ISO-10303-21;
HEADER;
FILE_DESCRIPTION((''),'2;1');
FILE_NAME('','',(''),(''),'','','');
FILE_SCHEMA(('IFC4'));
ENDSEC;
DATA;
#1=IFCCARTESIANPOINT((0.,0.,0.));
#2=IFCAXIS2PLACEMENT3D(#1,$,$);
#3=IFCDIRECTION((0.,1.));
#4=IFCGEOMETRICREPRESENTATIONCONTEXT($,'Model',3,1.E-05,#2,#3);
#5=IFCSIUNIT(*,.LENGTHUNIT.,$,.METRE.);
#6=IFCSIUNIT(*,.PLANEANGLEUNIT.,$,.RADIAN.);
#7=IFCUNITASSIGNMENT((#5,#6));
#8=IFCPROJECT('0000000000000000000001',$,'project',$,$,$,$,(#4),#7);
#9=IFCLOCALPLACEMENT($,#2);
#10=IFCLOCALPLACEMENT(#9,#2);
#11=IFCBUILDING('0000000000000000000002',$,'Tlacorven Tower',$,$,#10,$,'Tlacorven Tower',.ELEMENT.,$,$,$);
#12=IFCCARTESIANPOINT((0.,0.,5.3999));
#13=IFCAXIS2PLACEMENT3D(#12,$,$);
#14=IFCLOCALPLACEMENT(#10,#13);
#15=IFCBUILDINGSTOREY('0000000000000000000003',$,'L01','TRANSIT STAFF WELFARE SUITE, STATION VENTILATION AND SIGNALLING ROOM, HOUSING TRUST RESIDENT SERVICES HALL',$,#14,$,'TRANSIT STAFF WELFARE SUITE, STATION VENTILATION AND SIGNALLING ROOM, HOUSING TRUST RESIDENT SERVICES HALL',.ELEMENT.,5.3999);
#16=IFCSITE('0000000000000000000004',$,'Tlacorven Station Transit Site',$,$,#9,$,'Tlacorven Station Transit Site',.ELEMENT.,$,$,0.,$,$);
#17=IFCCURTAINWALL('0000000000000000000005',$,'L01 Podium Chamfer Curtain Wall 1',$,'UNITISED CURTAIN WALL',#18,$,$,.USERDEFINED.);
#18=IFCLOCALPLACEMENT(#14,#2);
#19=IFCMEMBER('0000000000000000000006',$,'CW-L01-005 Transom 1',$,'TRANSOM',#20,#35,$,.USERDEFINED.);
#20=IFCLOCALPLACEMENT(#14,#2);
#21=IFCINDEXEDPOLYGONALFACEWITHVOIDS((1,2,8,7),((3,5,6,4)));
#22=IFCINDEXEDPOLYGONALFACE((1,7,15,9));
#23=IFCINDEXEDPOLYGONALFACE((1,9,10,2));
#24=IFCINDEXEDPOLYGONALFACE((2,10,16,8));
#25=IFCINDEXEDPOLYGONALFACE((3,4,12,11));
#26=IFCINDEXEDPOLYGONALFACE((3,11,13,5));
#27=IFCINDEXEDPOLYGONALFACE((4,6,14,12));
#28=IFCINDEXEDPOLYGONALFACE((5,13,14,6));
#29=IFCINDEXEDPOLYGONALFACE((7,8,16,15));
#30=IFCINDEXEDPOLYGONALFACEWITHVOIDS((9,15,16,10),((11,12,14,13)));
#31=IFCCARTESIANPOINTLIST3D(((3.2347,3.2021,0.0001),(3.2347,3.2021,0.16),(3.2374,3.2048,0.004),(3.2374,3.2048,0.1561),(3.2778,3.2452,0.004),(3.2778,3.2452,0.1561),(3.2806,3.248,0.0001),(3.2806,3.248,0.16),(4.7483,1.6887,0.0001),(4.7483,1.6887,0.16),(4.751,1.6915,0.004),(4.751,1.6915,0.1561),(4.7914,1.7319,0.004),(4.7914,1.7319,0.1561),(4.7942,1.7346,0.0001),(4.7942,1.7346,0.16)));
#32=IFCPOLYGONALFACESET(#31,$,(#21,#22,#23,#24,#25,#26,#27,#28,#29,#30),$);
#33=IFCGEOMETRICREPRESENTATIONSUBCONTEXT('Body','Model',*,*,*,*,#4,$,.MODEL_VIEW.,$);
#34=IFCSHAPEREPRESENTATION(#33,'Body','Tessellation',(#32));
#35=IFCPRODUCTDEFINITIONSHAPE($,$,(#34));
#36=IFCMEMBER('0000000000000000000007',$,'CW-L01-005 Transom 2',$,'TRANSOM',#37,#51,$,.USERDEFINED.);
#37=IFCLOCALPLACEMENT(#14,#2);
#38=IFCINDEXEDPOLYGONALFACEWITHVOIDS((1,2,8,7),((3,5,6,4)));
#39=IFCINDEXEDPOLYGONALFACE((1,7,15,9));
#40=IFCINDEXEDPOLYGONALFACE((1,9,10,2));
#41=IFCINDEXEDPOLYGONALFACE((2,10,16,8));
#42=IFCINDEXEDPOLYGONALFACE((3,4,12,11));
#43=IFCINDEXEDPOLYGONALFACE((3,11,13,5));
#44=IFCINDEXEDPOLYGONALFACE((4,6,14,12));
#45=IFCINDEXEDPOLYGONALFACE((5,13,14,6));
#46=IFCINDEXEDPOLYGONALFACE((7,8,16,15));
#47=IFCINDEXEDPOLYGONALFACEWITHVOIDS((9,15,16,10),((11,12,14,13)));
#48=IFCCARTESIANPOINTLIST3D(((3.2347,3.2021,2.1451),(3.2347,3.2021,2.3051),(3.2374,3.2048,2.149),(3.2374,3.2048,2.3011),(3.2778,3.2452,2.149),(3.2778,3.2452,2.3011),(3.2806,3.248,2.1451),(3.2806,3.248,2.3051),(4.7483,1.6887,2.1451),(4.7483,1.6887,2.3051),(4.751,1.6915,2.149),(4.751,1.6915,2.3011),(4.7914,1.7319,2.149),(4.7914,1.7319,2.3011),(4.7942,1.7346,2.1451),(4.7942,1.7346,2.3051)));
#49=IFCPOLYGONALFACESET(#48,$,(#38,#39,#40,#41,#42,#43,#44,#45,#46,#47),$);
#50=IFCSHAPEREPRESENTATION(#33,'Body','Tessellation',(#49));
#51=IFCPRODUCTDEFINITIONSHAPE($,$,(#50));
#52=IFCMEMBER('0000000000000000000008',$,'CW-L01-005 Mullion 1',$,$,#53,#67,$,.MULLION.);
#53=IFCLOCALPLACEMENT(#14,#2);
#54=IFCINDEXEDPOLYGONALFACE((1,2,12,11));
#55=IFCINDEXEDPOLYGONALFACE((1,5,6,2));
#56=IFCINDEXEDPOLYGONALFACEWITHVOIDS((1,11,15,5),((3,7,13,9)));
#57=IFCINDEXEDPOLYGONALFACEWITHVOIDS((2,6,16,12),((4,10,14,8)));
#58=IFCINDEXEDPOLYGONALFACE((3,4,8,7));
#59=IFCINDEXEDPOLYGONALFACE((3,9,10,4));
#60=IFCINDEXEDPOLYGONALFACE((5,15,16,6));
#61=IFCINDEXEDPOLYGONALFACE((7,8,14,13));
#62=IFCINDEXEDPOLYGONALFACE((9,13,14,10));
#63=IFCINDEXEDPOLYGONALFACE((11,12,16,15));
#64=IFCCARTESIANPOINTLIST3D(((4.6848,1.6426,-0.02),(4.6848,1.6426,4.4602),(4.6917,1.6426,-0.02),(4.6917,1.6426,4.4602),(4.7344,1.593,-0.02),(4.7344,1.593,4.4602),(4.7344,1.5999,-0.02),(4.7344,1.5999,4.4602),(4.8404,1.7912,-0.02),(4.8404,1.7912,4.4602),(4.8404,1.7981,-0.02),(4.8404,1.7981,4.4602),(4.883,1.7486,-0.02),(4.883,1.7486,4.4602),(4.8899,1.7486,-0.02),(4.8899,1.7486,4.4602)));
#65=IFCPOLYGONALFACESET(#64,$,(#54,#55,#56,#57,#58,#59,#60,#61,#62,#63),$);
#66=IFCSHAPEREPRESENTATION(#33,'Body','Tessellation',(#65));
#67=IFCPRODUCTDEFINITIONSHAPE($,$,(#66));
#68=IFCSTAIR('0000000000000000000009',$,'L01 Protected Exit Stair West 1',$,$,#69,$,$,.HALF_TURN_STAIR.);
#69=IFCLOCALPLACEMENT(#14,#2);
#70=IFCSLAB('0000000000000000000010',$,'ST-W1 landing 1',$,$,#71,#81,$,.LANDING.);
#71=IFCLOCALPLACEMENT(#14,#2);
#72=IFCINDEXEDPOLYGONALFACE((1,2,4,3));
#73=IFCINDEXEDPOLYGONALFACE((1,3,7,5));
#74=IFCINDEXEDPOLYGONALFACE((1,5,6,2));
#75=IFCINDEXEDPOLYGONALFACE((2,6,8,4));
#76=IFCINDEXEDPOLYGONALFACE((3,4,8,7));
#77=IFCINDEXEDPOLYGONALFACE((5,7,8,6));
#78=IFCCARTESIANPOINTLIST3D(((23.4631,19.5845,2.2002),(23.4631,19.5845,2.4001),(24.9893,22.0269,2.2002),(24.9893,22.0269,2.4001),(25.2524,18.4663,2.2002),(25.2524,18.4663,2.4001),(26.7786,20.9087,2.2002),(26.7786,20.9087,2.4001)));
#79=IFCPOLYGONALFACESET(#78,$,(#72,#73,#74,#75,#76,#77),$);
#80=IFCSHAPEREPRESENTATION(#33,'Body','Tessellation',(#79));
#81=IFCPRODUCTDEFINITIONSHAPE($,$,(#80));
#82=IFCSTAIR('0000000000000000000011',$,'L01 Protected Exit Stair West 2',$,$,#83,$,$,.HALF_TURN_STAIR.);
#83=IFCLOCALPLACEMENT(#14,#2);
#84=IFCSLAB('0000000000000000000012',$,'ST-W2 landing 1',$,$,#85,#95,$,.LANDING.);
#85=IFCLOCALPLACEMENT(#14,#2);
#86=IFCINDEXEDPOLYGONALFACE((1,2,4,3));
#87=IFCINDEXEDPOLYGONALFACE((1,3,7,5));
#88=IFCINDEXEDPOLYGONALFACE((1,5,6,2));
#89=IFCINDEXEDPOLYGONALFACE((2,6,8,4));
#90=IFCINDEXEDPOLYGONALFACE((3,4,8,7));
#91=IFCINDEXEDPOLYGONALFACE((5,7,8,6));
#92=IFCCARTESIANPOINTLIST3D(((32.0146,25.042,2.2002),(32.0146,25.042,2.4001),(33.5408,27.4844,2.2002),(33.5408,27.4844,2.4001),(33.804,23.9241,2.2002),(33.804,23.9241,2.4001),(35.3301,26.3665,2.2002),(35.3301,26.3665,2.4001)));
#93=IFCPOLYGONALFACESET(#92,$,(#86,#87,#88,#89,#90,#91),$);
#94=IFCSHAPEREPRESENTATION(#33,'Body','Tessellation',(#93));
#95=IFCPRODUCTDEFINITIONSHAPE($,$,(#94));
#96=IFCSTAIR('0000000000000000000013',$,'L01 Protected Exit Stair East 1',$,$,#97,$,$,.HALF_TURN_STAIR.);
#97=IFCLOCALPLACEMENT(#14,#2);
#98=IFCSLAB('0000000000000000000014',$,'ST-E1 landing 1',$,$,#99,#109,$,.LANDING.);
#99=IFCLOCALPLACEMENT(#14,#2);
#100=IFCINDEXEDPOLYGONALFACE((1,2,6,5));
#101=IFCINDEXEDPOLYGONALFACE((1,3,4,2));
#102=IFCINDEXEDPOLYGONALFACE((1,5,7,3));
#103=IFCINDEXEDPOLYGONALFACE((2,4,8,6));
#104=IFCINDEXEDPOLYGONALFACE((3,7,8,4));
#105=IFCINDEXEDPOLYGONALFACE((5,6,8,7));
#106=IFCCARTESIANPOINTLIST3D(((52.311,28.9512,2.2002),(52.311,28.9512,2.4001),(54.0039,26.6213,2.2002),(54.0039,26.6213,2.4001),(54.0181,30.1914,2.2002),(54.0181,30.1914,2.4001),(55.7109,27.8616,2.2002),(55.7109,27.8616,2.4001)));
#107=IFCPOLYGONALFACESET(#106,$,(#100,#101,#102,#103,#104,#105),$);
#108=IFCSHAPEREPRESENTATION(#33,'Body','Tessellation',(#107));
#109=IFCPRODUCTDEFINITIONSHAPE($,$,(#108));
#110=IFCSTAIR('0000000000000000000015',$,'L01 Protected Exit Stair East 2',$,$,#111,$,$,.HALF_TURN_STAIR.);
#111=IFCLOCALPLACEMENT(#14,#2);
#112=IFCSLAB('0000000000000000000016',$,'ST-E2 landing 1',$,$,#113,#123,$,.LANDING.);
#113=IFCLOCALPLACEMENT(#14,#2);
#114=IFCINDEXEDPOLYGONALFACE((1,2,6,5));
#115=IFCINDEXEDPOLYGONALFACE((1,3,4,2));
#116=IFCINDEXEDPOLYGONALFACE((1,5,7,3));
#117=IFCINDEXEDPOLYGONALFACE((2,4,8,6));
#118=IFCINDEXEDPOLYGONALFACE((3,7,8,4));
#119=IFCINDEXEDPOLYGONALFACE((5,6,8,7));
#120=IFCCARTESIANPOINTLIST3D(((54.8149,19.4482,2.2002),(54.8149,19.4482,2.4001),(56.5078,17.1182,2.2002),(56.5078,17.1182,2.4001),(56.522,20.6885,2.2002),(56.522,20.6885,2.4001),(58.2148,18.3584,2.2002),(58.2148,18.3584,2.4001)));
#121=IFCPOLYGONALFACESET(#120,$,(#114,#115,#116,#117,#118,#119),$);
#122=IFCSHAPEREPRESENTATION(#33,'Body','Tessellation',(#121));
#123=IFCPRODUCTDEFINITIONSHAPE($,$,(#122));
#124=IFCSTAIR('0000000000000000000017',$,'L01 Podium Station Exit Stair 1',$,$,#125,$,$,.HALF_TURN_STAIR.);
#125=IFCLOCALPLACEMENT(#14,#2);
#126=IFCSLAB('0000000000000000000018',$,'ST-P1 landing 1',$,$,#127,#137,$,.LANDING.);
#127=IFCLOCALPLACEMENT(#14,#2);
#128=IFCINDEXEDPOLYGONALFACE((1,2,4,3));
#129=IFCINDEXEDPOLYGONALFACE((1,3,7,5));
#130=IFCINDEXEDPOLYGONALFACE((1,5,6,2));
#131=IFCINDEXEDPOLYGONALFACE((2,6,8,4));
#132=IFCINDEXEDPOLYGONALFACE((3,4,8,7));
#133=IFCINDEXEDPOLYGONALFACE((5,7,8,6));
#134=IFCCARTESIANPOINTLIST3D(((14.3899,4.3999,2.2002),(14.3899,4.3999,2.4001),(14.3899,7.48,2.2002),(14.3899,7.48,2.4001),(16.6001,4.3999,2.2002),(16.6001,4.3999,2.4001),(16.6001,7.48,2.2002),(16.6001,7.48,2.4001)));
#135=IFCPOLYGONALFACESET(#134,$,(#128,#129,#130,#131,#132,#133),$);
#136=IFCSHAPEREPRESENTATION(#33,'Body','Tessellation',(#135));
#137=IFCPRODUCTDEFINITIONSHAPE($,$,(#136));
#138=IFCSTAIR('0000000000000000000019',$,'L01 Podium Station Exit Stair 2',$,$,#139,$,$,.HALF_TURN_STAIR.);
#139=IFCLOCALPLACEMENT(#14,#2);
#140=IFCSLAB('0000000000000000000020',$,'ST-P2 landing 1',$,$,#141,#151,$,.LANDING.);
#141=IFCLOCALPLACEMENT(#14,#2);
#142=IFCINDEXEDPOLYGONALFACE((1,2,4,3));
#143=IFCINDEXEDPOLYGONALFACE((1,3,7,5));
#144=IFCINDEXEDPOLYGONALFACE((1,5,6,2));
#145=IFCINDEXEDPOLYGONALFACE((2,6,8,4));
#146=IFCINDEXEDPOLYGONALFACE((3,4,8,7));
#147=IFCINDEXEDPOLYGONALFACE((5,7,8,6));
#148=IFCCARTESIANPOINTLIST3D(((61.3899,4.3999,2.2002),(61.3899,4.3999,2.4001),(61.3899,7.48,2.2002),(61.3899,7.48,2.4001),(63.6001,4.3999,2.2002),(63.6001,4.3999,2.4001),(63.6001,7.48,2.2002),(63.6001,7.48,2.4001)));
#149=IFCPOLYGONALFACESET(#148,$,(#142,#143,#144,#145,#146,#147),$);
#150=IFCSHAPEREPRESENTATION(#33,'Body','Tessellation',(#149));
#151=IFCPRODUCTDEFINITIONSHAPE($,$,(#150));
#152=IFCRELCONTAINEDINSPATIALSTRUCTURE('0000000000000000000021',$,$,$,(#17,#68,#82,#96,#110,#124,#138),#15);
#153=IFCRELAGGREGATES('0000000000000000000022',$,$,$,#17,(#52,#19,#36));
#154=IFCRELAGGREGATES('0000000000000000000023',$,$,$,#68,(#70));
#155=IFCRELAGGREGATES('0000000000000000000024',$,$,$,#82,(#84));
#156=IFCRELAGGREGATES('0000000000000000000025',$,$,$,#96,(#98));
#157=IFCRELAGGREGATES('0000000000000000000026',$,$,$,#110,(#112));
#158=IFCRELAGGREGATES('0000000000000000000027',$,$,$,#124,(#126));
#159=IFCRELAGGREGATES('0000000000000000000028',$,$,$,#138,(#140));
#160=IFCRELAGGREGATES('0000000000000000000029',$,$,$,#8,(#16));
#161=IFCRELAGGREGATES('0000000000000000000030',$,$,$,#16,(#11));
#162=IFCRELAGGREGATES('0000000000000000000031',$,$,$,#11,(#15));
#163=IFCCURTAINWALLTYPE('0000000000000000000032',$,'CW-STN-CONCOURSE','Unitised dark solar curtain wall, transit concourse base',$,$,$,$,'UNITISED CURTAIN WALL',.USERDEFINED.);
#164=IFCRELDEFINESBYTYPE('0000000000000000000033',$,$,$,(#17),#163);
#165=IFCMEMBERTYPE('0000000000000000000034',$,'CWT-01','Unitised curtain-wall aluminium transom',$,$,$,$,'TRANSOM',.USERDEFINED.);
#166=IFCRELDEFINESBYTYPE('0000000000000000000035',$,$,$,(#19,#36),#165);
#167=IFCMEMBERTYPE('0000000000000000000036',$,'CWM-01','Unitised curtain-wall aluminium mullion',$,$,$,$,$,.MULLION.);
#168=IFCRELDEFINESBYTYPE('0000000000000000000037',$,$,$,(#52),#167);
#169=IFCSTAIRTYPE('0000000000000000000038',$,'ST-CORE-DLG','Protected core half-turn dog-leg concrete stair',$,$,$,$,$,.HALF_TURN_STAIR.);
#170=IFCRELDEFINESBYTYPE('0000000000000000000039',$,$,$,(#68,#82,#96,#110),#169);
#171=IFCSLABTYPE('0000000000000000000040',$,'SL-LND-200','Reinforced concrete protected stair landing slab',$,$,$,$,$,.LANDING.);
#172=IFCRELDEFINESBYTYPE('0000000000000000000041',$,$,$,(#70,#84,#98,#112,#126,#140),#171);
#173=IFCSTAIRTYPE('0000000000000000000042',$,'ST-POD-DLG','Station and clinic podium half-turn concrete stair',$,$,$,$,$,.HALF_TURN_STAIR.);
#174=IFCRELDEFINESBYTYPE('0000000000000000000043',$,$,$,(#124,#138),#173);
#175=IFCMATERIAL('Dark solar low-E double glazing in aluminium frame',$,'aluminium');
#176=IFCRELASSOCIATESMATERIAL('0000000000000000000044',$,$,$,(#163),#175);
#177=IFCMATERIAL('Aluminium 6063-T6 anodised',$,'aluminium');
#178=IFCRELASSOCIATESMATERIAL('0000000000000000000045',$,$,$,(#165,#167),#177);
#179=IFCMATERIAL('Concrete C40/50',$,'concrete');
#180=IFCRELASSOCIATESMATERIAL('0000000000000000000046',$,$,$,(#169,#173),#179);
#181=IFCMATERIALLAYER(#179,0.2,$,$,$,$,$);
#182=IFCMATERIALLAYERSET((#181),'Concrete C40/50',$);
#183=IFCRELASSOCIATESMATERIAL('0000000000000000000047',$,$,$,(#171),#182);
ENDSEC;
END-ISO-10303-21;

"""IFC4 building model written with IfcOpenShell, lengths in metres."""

from ifc_helpers import new_model, si_unit, direction, frame, origin, origin_2d, place, context, subcontext, project, spatial, polyline, hollow_rectangle, outline, extrude, source, transform, mapped, material, layer, layer_set, material_profile, profile_set, type_object, element, aggregate, save


model = new_model("IFC4")

# Units and contexts
model_context = context("Model", 3, precision=1e-05, world=origin(), true_north=direction((0.0, 1.0)))
body_context = subcontext(model_context, "Body", "Model", "MODEL_VIEW")
ifc_project = project(units=[si_unit("LENGTHUNIT", "METRE"), si_unit("PLANEANGLEUNIT", "RADIAN")], contexts=[model_context])

# Site, building, storey
site_placement = place(None, origin())
site = spatial("IfcSite", under=ifc_project, at=site_placement, Name="Tlacorven Station Transit Site", LongName="Tlacorven Station Transit Site", CompositionType="ELEMENT", RefElevation=0.0)
building_placement = place(site_placement, origin())
building = spatial("IfcBuilding", under=site, at=building_placement, Name="Tlacorven Tower", LongName="Tlacorven Tower", CompositionType="ELEMENT")
storey_placement = place(building_placement, frame((0.0, 0.0, 5.3999)))
storey = spatial("IfcBuildingStorey", under=building, at=storey_placement, Name="L01", Description="TRANSIT STAFF WELFARE SUITE, STATION VENTILATION AND SIGNALLING ROOM, HOUSING TRUST RESIDENT SERVICES HALL", LongName="TRANSIT STAFF WELFARE SUITE, STATION VENTILATION AND SIGNALLING ROOM, HOUSING TRUST RESIDENT SERVICES HALL", CompositionType="ELEMENT", Elevation=5.3999)

# Curtain wall, members
ifc_material_1 = material(Name="Dark solar low-E double glazing in aluminium frame", Category="aluminium")
curtain_wall_type = type_object("IfcCurtainWallType", Name="CW-STN-CONCOURSE", Description="Unitised dark solar curtain wall, transit concourse base", ElementType="UNITISED CURTAIN WALL", PredefinedType="USERDEFINED", material=ifc_material_1)
curtain_wall_placement = place(storey_placement, origin())
curtain_wall = element("IfcCurtainWall", 1, at=curtain_wall_placement, inside=storey, type_object=curtain_wall_type, Name="L01 Podium Chamfer Curtain Wall 1", ObjectType="UNITISED CURTAIN WALL", PredefinedType="USERDEFINED")
ifc_material_2 = material(Name="Aluminium 6063-T6 anodised", Category="aluminium")
ifc_material_profile_1 = material_profile(ifc_material_2, hollow_rectangle(XDim=0.0649, YDim=0.1599, WallThickness=0.0039, at=origin_2d()), Name="ALU TRANSOM 65X160")
ifc_profile_set_1 = profile_set([ifc_material_profile_1], Name="Aluminium 6063-T6 anodised")
member_type_1 = type_object("IfcMemberType", Name="CWT-01", Description="Unitised curtain-wall aluminium transom", ElementType="TRANSOM", PredefinedType="USERDEFINED", material=ifc_profile_set_1)
shared_shape_1 = source(origin(), body_context, "Body", "SweptSolid", [
    extrude(hollow_rectangle(XDim=0.0649, YDim=0.1599, WallThickness=0.0039, at=origin_2d()), origin(), (0.0, 0.0, 1.0), 2.1404),
])
member_1_placement = place(storey_placement, frame((4.7712, 1.7117, 0.0801), z_axis=(-0.707164, 0.70705, 0.0), x_axis=(-0.70705, -0.707164, 0.0)))
member_1 = element("IfcMember", 2, at=member_1_placement, type_object=member_type_1, Name="CW-L01-005 Transom 1", ObjectType="TRANSOM", PredefinedType="USERDEFINED", context=body_context, shape_type="MappedRepresentation", body=[
    mapped(shared_shape_1, transform((0.0, 0.0, 0.0), scale=1.0)),
])
member_2_placement = place(storey_placement, frame((4.7712, 1.7117, 2.2251), z_axis=(-0.707164, 0.70705, 0.0), x_axis=(-0.70705, -0.707164, 0.0)))
member_2 = element("IfcMember", 3, at=member_2_placement, type_object=member_type_1, Name="CW-L01-005 Transom 2", ObjectType="TRANSOM", PredefinedType="USERDEFINED", context=body_context, shape_type="MappedRepresentation", body=[
    mapped(shared_shape_1, transform((0.0, 0.0, 0.0), scale=1.0)),
])
ifc_material_profile_2 = material_profile(ifc_material_2, hollow_rectangle(XDim=0.0701, YDim=0.22, WallThickness=0.0049, at=origin_2d()), Name="ALU MULLION 70X220")
ifc_profile_set_2 = profile_set([ifc_material_profile_2], Name="Aluminium 6063-T6 anodised")
member_type_2 = type_object("IfcMemberType", Name="CWM-01", Description="Unitised curtain-wall aluminium mullion", PredefinedType="MULLION", material=ifc_profile_set_2)
shared_shape_2 = source(origin(), body_context, "Body", "SweptSolid", [
    extrude(hollow_rectangle(XDim=0.0701, YDim=0.22, WallThickness=0.0049, at=origin_2d()), origin(), (0.0, 0.0, 1.0), 4.4802),
])
member_3_placement = place(storey_placement, frame((4.7874, 1.6956, -0.02), z_axis=(0.0, 0.0, 1.0), x_axis=(-0.707107, 0.707107, 0.0)))
member_3 = element("IfcMember", 4, at=member_3_placement, type_object=member_type_2, Name="CW-L01-005 Mullion 1", PredefinedType="MULLION", context=body_context, shape_type="MappedRepresentation", body=[
    mapped(shared_shape_2, transform((0.0, 0.0, 0.0), scale=1.0)),
])
aggregate(curtain_wall, [member_3, member_1, member_2])

# Stairs, slabs
ifc_material_3 = material(Name="Concrete C40/50", Category="concrete")
stair_type_1 = type_object("IfcStairType", Name="ST-CORE-DLG", Description="Protected core half-turn dog-leg concrete stair", PredefinedType="HALF_TURN_STAIR", material=ifc_material_3)
stair_1_placement = place(storey_placement, origin())
stair_1 = element("IfcStair", 5, at=stair_1_placement, inside=storey, type_object=stair_type_1, Name="L01 Protected Exit Stair West 1", PredefinedType="HALF_TURN_STAIR")
ifc_layer_1 = layer(ifc_material_3, 0.2)
ifc_layer_set_1 = layer_set([ifc_layer_1], Name="Concrete C40/50")
slab_type_1 = type_object("IfcSlabType", Name="SL-LND-200", Description="Reinforced concrete protected stair landing slab", PredefinedType="LANDING", material=ifc_layer_set_1)
slab_1_placement = place(storey_placement, frame((0.0, 0.0, 2.2002)))
slab_1 = element("IfcSlab", 6, at=slab_1_placement, type_object=slab_type_1, Name="ST-W1 landing 1", PredefinedType="LANDING", context=body_context, shape_type="SweptSolid", body=[
    extrude(outline(polyline([(26.7786, 20.9087), (24.9893, 22.0269), (23.4631, 19.5845), (25.2524, 18.4663), (26.7786, 20.9087)])), origin(), (0.0, 0.0, 1.0), 0.2),
])
aggregate(stair_1, [slab_1])
stair_2_placement = place(storey_placement, origin())
stair_2 = element("IfcStair", 7, at=stair_2_placement, inside=storey, type_object=stair_type_1, Name="L01 Protected Exit Stair West 2", PredefinedType="HALF_TURN_STAIR")
slab_2_placement = place(storey_placement, frame((0.0, 0.0, 2.2002)))
slab_2 = element("IfcSlab", 8, at=slab_2_placement, type_object=slab_type_1, Name="ST-W2 landing 1", PredefinedType="LANDING", context=body_context, shape_type="SweptSolid", body=[
    extrude(outline(polyline([(35.3301, 26.3665), (33.5408, 27.4844), (32.0146, 25.042), (33.804, 23.9241), (35.3301, 26.3665)])), origin(), (0.0, 0.0, 1.0), 0.2),
])
aggregate(stair_2, [slab_2])
stair_3_placement = place(storey_placement, origin())
stair_3 = element("IfcStair", 9, at=stair_3_placement, inside=storey, type_object=stair_type_1, Name="L01 Protected Exit Stair East 1", PredefinedType="HALF_TURN_STAIR")
slab_3_placement = place(storey_placement, frame((0.0, 0.0, 2.2002)))
slab_3 = element("IfcSlab", 10, at=slab_3_placement, type_object=slab_type_1, Name="ST-E1 landing 1", PredefinedType="LANDING", context=body_context, shape_type="SweptSolid", body=[
    extrude(outline(polyline([(54.0039, 26.6213), (55.7109, 27.8616), (54.0181, 30.1914), (52.311, 28.9512), (54.0039, 26.6213)])), origin(), (0.0, 0.0, 1.0), 0.2),
])
aggregate(stair_3, [slab_3])
stair_4_placement = place(storey_placement, origin())
stair_4 = element("IfcStair", 11, at=stair_4_placement, inside=storey, type_object=stair_type_1, Name="L01 Protected Exit Stair East 2", PredefinedType="HALF_TURN_STAIR")
slab_4_placement = place(storey_placement, frame((0.0, 0.0, 2.2002)))
slab_4 = element("IfcSlab", 12, at=slab_4_placement, type_object=slab_type_1, Name="ST-E2 landing 1", PredefinedType="LANDING", context=body_context, shape_type="SweptSolid", body=[
    extrude(outline(polyline([(56.5078, 17.1182), (58.2148, 18.3584), (56.522, 20.6885), (54.8149, 19.4482), (56.5078, 17.1182)])), origin(), (0.0, 0.0, 1.0), 0.2),
])
aggregate(stair_4, [slab_4])
stair_type_2 = type_object("IfcStairType", Name="ST-POD-DLG", Description="Station and clinic podium half-turn concrete stair", PredefinedType="HALF_TURN_STAIR", material=ifc_material_3)
stair_5_placement = place(storey_placement, origin())
stair_5 = element("IfcStair", 13, at=stair_5_placement, inside=storey, type_object=stair_type_2, Name="L01 Podium Station Exit Stair 1", PredefinedType="HALF_TURN_STAIR")
slab_5_placement = place(storey_placement, frame((0.0, 0.0, 2.2002)))
slab_5 = element("IfcSlab", 14, at=slab_5_placement, type_object=slab_type_1, Name="ST-P1 landing 1", PredefinedType="LANDING", context=body_context, shape_type="SweptSolid", body=[
    extrude(outline(polyline([(14.3899, 4.3999), (16.6001, 4.3999), (16.6001, 7.48), (14.3899, 7.48), (14.3899, 4.3999)])), origin(), (0.0, 0.0, 1.0), 0.2),
])
aggregate(stair_5, [slab_5])
stair_6_placement = place(storey_placement, origin())
stair_6 = element("IfcStair", 15, at=stair_6_placement, inside=storey, type_object=stair_type_2, Name="L01 Podium Station Exit Stair 2", PredefinedType="HALF_TURN_STAIR")
slab_6_placement = place(storey_placement, frame((0.0, 0.0, 2.2002)))
slab_6 = element("IfcSlab", 16, at=slab_6_placement, type_object=slab_type_1, Name="ST-P2 landing 1", PredefinedType="LANDING", context=body_context, shape_type="SweptSolid", body=[
    extrude(outline(polyline([(61.3899, 4.3999), (63.6001, 4.3999), (63.6001, 7.48), (61.3899, 7.48), (61.3899, 4.3999)])), origin(), (0.0, 0.0, 1.0), 0.2),
])
aggregate(stair_6, [slab_6])

save(model, "model.ifc")
